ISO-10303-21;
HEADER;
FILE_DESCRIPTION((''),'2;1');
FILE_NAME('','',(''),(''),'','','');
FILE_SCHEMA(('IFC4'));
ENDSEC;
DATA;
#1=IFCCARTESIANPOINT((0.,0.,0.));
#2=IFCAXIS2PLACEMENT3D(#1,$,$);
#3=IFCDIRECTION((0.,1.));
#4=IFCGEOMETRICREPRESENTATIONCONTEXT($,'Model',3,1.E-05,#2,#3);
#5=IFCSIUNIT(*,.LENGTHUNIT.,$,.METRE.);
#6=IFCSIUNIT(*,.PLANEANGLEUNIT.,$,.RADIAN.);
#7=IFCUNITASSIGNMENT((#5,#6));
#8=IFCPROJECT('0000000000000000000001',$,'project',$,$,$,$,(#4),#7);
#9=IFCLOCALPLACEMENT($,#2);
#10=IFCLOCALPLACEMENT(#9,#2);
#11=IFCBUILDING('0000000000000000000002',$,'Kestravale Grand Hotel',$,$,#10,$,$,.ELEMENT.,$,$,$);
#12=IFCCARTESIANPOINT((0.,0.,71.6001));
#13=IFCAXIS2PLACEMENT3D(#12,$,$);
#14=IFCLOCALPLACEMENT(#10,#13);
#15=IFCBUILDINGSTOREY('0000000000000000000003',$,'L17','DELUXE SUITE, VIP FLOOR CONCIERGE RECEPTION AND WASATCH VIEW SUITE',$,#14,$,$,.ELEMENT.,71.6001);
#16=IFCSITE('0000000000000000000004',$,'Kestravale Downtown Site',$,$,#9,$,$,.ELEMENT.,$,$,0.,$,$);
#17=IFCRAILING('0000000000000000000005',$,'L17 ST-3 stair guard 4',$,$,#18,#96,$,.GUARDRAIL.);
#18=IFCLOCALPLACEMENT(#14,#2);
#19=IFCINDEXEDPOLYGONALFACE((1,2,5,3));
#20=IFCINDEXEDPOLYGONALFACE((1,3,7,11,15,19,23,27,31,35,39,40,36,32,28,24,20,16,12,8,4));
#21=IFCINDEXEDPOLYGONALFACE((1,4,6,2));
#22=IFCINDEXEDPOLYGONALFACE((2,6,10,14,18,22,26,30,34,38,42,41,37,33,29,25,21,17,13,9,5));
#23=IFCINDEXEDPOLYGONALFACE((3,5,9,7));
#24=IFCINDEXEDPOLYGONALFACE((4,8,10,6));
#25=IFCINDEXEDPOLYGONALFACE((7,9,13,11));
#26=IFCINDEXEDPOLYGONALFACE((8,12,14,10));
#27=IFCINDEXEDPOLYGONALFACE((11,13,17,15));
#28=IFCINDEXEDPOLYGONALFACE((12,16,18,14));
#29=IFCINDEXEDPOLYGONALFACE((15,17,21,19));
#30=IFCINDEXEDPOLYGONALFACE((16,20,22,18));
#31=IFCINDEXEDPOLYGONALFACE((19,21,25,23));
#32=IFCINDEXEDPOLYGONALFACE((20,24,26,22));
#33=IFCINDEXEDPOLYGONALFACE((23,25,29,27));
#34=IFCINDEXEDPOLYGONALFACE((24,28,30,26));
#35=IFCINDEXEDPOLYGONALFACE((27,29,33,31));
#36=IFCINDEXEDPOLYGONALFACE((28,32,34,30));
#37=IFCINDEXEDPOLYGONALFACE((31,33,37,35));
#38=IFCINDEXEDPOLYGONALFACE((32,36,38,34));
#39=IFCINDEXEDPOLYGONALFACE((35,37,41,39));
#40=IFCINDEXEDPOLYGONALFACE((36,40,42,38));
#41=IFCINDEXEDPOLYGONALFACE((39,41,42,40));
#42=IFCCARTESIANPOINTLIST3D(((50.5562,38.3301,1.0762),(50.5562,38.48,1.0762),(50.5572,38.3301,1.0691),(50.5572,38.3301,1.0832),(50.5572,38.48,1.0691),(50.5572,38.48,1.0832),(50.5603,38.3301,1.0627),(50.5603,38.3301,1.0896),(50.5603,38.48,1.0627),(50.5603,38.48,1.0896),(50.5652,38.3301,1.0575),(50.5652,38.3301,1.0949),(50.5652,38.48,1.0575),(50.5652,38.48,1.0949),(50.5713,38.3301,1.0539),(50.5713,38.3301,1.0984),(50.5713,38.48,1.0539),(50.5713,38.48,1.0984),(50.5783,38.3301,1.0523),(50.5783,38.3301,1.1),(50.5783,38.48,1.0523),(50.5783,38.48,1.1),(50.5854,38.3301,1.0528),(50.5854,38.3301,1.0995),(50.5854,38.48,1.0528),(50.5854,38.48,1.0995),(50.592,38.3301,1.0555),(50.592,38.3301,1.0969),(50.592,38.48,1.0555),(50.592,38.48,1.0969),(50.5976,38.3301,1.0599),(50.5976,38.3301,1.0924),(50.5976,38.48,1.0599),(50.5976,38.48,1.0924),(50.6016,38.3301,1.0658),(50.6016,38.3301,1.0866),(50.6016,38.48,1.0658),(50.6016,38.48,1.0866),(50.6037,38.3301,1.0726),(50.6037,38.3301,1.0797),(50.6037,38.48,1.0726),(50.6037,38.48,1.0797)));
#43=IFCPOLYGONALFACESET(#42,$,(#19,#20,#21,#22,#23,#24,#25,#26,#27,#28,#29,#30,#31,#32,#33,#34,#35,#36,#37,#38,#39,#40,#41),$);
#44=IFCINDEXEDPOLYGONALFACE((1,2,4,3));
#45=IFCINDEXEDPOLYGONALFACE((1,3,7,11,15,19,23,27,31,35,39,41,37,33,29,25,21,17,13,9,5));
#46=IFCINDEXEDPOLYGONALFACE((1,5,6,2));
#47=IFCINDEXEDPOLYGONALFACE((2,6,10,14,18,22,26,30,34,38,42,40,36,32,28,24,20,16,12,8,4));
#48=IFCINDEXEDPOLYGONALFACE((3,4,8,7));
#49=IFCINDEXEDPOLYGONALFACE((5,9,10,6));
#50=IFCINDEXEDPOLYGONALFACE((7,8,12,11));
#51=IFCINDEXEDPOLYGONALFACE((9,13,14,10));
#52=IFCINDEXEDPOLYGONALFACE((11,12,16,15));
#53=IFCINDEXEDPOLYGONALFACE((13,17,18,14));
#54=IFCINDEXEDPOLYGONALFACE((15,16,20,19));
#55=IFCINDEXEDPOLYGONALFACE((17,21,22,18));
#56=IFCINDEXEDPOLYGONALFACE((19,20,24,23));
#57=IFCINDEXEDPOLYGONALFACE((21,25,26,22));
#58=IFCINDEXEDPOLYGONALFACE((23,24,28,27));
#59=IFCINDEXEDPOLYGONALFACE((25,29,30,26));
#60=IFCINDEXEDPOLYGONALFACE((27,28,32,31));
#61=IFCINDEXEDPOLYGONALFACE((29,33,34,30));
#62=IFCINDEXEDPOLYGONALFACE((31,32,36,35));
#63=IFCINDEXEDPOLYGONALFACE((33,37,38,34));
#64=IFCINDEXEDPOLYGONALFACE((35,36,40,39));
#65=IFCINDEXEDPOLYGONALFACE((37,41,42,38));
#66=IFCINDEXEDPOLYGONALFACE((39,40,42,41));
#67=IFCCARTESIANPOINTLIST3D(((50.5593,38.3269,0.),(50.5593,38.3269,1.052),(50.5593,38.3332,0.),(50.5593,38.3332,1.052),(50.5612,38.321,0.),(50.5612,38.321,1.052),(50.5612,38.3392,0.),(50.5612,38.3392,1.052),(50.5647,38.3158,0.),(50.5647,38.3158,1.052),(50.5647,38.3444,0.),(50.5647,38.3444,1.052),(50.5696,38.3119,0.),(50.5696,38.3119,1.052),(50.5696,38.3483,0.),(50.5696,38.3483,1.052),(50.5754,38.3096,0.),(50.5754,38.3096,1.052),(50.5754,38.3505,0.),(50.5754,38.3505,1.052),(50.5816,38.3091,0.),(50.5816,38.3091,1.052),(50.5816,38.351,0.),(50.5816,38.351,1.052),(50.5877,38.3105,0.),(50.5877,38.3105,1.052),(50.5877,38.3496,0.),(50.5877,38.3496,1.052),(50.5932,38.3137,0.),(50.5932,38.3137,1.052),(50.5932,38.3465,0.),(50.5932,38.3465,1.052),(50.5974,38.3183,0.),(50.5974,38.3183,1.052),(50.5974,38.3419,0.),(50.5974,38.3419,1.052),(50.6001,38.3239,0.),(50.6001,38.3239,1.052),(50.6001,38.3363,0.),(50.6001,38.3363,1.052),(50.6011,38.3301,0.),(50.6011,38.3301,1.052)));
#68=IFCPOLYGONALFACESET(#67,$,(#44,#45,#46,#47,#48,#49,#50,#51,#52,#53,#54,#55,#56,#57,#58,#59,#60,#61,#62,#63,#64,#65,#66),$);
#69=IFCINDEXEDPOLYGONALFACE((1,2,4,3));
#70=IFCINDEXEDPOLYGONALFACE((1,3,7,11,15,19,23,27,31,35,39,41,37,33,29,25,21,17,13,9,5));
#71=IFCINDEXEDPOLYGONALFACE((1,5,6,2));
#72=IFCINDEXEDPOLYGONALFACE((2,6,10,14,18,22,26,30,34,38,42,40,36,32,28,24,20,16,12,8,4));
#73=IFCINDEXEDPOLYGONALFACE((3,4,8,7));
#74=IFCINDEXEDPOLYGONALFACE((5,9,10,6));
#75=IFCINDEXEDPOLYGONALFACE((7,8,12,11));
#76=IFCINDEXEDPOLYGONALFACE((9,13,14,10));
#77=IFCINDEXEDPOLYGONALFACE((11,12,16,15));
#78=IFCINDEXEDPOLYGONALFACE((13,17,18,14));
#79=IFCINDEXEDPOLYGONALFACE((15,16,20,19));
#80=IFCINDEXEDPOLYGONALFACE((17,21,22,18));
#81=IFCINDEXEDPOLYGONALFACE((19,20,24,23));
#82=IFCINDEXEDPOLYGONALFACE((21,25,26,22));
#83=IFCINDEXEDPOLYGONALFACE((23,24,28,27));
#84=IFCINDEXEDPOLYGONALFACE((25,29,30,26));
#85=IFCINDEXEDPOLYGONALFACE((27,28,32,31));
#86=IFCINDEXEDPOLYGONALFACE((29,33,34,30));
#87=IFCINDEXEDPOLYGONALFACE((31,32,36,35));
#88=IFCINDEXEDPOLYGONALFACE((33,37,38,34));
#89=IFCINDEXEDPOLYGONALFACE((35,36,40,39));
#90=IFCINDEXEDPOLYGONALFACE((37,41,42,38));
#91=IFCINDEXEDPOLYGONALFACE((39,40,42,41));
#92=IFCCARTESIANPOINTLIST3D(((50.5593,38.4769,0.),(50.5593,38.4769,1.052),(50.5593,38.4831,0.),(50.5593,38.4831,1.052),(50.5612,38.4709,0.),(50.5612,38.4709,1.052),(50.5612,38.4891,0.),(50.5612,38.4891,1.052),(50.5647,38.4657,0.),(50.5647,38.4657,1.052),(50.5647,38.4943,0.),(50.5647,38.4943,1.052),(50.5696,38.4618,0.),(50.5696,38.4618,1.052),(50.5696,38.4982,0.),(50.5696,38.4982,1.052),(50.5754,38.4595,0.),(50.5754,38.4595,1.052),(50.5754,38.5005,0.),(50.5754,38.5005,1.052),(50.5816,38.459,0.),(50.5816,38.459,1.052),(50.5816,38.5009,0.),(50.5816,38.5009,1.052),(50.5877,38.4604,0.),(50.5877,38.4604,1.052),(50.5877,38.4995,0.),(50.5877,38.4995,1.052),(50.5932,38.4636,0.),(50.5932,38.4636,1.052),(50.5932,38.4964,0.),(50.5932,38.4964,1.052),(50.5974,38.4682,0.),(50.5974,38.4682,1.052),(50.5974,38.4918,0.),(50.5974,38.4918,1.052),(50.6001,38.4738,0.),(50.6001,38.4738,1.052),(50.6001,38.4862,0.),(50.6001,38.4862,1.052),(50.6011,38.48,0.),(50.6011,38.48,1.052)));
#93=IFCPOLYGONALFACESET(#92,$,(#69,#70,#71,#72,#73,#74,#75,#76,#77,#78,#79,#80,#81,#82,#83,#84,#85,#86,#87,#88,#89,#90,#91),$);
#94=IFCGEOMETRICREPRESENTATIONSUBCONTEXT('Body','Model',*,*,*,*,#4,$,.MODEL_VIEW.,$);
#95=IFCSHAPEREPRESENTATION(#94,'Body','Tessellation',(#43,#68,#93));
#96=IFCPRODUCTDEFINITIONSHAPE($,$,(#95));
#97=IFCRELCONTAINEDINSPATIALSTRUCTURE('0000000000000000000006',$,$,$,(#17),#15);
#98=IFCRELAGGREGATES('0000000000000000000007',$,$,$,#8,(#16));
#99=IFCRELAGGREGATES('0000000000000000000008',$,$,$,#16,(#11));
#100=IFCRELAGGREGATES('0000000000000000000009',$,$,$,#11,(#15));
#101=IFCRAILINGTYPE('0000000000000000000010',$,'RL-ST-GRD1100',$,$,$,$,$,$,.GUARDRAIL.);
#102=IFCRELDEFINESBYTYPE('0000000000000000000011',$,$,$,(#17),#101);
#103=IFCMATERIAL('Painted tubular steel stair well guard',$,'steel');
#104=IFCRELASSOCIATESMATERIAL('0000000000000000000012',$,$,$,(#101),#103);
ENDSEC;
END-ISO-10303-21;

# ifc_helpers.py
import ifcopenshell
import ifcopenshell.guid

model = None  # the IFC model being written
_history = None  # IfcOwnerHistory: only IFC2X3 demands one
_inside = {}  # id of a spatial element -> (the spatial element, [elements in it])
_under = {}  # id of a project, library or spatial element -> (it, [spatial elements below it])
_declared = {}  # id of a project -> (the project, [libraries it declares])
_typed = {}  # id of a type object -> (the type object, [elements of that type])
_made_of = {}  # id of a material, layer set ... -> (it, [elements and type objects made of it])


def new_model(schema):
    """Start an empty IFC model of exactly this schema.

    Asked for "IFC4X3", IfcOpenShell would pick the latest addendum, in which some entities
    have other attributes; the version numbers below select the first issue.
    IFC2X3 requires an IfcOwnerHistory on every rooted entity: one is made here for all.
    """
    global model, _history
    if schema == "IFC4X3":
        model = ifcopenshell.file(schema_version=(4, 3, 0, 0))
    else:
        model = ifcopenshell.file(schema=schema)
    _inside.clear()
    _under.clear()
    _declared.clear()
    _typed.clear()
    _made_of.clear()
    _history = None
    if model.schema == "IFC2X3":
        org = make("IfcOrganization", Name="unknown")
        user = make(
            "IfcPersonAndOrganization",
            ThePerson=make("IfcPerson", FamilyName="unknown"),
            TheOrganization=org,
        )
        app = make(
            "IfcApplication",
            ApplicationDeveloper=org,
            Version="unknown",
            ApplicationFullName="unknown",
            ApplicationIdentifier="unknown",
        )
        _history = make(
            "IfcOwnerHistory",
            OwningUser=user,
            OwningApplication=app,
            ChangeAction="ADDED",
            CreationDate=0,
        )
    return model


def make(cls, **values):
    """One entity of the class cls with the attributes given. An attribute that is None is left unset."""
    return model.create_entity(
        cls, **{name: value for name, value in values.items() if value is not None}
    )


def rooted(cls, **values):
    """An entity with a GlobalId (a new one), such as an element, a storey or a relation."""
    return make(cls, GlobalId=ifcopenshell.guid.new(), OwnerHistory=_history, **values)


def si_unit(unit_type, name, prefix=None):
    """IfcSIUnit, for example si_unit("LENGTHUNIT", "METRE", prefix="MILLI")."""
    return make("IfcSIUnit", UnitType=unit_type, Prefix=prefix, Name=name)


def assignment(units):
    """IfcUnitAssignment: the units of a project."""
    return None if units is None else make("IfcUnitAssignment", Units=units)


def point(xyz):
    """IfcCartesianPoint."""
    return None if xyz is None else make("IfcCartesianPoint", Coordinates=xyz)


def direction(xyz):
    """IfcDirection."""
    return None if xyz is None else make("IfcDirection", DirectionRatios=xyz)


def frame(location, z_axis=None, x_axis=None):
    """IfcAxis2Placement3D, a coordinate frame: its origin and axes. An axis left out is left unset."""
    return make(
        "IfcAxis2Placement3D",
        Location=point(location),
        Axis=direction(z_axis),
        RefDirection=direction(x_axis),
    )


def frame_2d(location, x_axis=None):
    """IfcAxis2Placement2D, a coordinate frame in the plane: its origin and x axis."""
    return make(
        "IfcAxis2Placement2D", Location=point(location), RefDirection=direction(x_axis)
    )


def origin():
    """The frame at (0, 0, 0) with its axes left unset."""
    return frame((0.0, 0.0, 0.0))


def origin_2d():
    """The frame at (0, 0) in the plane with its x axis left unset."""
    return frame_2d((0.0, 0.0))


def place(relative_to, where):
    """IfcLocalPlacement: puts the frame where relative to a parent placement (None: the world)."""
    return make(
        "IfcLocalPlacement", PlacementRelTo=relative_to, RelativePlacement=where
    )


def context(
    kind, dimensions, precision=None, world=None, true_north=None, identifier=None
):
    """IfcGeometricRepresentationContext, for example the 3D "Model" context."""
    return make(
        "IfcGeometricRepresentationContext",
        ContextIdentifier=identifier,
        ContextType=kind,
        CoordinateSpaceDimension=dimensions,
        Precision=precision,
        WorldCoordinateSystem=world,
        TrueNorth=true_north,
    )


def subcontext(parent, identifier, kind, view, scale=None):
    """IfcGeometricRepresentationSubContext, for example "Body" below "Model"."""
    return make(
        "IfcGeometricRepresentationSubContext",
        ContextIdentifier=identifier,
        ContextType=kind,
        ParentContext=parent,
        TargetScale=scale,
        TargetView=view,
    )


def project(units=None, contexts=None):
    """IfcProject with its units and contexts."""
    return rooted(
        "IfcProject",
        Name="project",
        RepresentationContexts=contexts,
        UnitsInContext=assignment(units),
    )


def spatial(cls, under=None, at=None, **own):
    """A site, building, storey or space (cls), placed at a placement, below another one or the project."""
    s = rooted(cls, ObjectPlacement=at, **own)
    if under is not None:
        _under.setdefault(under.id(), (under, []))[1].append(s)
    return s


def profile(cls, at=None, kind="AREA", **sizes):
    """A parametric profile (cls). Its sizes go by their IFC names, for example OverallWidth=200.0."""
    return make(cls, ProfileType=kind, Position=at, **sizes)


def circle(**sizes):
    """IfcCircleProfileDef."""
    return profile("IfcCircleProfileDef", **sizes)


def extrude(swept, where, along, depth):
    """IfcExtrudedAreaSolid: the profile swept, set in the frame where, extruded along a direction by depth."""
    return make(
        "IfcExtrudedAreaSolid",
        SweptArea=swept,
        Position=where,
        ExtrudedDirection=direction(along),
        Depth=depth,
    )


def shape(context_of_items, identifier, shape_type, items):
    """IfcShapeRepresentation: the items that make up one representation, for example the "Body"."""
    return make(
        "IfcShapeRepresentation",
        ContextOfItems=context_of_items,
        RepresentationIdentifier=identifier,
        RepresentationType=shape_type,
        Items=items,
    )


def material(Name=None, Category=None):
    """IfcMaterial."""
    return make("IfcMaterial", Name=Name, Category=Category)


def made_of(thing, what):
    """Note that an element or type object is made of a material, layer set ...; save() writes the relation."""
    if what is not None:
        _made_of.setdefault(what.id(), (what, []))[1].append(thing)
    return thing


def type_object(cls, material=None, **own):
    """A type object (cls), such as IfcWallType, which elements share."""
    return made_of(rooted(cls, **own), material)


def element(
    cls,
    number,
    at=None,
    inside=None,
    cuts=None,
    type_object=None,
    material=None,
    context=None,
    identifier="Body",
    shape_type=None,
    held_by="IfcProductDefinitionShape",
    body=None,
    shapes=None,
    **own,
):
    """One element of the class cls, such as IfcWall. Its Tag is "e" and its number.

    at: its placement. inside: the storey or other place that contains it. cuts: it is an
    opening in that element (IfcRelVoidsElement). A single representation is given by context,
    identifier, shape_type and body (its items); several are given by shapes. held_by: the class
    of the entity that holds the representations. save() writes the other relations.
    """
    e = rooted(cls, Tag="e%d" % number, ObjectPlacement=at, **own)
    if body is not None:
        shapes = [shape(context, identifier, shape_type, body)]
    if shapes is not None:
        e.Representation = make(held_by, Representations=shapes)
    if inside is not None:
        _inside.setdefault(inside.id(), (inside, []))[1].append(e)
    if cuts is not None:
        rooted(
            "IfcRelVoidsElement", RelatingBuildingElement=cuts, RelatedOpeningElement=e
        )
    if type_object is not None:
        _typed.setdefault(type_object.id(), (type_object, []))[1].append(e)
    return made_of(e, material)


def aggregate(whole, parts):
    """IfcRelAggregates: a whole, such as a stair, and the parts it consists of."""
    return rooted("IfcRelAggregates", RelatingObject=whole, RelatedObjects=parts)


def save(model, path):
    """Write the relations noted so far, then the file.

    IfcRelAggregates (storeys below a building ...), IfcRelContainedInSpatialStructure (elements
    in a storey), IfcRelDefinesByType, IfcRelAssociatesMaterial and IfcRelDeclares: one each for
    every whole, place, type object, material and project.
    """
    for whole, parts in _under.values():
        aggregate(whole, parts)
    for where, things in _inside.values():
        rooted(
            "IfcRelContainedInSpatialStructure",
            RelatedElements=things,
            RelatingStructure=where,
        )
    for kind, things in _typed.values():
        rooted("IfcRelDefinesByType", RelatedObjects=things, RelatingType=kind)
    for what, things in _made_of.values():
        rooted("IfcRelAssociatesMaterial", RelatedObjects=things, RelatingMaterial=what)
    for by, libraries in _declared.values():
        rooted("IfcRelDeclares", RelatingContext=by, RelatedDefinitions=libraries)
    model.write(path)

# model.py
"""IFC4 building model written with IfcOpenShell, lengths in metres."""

from ifc_helpers import new_model, si_unit, direction, frame, origin, origin_2d, place, context, subcontext, project, spatial, circle, extrude, material, type_object, element, save


model = new_model("IFC4")

# Units and contexts
model_context = context("Model", 3, precision=1e-05, world=origin(), true_north=direction((0.0, 1.0)))
body_context = subcontext(model_context, "Body", "Model", "MODEL_VIEW")
ifc_project = project(units=[si_unit("LENGTHUNIT", "METRE"), si_unit("PLANEANGLEUNIT", "RADIAN")], contexts=[model_context])

# Site, building, storey
site_placement = place(None, origin())
site = spatial("IfcSite", under=ifc_project, at=site_placement, Name="Kestravale Downtown Site", CompositionType="ELEMENT", RefElevation=0.0)
building_placement = place(site_placement, origin())
building = spatial("IfcBuilding", under=site, at=building_placement, Name="Kestravale Grand Hotel", CompositionType="ELEMENT")
storey_placement = place(building_placement, frame((0.0, 0.0, 71.6001)))
storey = spatial("IfcBuildingStorey", under=building, at=storey_placement, Name="L17", Description="DELUXE SUITE, VIP FLOOR CONCIERGE RECEPTION AND WASATCH VIEW SUITE", CompositionType="ELEMENT", Elevation=71.6001)

# Railing
ifc_material_1 = material(Name="Painted tubular steel stair well guard", Category="steel")
railing_type_1 = type_object("IfcRailingType", Name="RL-ST-GRD1100", PredefinedType="GUARDRAIL", material=ifc_material_1)
railing_1_placement = place(storey_placement, frame((50.5801, 38.3301, 0.0)))
element("IfcRailing", 1, at=railing_1_placement, inside=storey, type_object=railing_type_1, Name="L17 ST-3 stair guard 4", PredefinedType="GUARDRAIL", context=body_context, shape_type="SweptSolid", body=[
    extrude(circle(Radius=0.0239, at=origin_2d()), frame((0.0, 0.0, 1.0762), z_axis=(0.0, 1.0, 0.0), x_axis=(-1.0, 0.0, 0.0)), (0.0, 0.0, 1.0), 0.1499),
    extrude(circle(Radius=0.021, at=origin_2d()), origin(), (0.0, 0.0, 1.0), 1.052),
    extrude(circle(Radius=0.021, at=origin_2d()), frame((0.0, 0.1499, 0.0)), (0.0, 0.0, 1.0), 1.052),
])

save(model, "model.ifc")
